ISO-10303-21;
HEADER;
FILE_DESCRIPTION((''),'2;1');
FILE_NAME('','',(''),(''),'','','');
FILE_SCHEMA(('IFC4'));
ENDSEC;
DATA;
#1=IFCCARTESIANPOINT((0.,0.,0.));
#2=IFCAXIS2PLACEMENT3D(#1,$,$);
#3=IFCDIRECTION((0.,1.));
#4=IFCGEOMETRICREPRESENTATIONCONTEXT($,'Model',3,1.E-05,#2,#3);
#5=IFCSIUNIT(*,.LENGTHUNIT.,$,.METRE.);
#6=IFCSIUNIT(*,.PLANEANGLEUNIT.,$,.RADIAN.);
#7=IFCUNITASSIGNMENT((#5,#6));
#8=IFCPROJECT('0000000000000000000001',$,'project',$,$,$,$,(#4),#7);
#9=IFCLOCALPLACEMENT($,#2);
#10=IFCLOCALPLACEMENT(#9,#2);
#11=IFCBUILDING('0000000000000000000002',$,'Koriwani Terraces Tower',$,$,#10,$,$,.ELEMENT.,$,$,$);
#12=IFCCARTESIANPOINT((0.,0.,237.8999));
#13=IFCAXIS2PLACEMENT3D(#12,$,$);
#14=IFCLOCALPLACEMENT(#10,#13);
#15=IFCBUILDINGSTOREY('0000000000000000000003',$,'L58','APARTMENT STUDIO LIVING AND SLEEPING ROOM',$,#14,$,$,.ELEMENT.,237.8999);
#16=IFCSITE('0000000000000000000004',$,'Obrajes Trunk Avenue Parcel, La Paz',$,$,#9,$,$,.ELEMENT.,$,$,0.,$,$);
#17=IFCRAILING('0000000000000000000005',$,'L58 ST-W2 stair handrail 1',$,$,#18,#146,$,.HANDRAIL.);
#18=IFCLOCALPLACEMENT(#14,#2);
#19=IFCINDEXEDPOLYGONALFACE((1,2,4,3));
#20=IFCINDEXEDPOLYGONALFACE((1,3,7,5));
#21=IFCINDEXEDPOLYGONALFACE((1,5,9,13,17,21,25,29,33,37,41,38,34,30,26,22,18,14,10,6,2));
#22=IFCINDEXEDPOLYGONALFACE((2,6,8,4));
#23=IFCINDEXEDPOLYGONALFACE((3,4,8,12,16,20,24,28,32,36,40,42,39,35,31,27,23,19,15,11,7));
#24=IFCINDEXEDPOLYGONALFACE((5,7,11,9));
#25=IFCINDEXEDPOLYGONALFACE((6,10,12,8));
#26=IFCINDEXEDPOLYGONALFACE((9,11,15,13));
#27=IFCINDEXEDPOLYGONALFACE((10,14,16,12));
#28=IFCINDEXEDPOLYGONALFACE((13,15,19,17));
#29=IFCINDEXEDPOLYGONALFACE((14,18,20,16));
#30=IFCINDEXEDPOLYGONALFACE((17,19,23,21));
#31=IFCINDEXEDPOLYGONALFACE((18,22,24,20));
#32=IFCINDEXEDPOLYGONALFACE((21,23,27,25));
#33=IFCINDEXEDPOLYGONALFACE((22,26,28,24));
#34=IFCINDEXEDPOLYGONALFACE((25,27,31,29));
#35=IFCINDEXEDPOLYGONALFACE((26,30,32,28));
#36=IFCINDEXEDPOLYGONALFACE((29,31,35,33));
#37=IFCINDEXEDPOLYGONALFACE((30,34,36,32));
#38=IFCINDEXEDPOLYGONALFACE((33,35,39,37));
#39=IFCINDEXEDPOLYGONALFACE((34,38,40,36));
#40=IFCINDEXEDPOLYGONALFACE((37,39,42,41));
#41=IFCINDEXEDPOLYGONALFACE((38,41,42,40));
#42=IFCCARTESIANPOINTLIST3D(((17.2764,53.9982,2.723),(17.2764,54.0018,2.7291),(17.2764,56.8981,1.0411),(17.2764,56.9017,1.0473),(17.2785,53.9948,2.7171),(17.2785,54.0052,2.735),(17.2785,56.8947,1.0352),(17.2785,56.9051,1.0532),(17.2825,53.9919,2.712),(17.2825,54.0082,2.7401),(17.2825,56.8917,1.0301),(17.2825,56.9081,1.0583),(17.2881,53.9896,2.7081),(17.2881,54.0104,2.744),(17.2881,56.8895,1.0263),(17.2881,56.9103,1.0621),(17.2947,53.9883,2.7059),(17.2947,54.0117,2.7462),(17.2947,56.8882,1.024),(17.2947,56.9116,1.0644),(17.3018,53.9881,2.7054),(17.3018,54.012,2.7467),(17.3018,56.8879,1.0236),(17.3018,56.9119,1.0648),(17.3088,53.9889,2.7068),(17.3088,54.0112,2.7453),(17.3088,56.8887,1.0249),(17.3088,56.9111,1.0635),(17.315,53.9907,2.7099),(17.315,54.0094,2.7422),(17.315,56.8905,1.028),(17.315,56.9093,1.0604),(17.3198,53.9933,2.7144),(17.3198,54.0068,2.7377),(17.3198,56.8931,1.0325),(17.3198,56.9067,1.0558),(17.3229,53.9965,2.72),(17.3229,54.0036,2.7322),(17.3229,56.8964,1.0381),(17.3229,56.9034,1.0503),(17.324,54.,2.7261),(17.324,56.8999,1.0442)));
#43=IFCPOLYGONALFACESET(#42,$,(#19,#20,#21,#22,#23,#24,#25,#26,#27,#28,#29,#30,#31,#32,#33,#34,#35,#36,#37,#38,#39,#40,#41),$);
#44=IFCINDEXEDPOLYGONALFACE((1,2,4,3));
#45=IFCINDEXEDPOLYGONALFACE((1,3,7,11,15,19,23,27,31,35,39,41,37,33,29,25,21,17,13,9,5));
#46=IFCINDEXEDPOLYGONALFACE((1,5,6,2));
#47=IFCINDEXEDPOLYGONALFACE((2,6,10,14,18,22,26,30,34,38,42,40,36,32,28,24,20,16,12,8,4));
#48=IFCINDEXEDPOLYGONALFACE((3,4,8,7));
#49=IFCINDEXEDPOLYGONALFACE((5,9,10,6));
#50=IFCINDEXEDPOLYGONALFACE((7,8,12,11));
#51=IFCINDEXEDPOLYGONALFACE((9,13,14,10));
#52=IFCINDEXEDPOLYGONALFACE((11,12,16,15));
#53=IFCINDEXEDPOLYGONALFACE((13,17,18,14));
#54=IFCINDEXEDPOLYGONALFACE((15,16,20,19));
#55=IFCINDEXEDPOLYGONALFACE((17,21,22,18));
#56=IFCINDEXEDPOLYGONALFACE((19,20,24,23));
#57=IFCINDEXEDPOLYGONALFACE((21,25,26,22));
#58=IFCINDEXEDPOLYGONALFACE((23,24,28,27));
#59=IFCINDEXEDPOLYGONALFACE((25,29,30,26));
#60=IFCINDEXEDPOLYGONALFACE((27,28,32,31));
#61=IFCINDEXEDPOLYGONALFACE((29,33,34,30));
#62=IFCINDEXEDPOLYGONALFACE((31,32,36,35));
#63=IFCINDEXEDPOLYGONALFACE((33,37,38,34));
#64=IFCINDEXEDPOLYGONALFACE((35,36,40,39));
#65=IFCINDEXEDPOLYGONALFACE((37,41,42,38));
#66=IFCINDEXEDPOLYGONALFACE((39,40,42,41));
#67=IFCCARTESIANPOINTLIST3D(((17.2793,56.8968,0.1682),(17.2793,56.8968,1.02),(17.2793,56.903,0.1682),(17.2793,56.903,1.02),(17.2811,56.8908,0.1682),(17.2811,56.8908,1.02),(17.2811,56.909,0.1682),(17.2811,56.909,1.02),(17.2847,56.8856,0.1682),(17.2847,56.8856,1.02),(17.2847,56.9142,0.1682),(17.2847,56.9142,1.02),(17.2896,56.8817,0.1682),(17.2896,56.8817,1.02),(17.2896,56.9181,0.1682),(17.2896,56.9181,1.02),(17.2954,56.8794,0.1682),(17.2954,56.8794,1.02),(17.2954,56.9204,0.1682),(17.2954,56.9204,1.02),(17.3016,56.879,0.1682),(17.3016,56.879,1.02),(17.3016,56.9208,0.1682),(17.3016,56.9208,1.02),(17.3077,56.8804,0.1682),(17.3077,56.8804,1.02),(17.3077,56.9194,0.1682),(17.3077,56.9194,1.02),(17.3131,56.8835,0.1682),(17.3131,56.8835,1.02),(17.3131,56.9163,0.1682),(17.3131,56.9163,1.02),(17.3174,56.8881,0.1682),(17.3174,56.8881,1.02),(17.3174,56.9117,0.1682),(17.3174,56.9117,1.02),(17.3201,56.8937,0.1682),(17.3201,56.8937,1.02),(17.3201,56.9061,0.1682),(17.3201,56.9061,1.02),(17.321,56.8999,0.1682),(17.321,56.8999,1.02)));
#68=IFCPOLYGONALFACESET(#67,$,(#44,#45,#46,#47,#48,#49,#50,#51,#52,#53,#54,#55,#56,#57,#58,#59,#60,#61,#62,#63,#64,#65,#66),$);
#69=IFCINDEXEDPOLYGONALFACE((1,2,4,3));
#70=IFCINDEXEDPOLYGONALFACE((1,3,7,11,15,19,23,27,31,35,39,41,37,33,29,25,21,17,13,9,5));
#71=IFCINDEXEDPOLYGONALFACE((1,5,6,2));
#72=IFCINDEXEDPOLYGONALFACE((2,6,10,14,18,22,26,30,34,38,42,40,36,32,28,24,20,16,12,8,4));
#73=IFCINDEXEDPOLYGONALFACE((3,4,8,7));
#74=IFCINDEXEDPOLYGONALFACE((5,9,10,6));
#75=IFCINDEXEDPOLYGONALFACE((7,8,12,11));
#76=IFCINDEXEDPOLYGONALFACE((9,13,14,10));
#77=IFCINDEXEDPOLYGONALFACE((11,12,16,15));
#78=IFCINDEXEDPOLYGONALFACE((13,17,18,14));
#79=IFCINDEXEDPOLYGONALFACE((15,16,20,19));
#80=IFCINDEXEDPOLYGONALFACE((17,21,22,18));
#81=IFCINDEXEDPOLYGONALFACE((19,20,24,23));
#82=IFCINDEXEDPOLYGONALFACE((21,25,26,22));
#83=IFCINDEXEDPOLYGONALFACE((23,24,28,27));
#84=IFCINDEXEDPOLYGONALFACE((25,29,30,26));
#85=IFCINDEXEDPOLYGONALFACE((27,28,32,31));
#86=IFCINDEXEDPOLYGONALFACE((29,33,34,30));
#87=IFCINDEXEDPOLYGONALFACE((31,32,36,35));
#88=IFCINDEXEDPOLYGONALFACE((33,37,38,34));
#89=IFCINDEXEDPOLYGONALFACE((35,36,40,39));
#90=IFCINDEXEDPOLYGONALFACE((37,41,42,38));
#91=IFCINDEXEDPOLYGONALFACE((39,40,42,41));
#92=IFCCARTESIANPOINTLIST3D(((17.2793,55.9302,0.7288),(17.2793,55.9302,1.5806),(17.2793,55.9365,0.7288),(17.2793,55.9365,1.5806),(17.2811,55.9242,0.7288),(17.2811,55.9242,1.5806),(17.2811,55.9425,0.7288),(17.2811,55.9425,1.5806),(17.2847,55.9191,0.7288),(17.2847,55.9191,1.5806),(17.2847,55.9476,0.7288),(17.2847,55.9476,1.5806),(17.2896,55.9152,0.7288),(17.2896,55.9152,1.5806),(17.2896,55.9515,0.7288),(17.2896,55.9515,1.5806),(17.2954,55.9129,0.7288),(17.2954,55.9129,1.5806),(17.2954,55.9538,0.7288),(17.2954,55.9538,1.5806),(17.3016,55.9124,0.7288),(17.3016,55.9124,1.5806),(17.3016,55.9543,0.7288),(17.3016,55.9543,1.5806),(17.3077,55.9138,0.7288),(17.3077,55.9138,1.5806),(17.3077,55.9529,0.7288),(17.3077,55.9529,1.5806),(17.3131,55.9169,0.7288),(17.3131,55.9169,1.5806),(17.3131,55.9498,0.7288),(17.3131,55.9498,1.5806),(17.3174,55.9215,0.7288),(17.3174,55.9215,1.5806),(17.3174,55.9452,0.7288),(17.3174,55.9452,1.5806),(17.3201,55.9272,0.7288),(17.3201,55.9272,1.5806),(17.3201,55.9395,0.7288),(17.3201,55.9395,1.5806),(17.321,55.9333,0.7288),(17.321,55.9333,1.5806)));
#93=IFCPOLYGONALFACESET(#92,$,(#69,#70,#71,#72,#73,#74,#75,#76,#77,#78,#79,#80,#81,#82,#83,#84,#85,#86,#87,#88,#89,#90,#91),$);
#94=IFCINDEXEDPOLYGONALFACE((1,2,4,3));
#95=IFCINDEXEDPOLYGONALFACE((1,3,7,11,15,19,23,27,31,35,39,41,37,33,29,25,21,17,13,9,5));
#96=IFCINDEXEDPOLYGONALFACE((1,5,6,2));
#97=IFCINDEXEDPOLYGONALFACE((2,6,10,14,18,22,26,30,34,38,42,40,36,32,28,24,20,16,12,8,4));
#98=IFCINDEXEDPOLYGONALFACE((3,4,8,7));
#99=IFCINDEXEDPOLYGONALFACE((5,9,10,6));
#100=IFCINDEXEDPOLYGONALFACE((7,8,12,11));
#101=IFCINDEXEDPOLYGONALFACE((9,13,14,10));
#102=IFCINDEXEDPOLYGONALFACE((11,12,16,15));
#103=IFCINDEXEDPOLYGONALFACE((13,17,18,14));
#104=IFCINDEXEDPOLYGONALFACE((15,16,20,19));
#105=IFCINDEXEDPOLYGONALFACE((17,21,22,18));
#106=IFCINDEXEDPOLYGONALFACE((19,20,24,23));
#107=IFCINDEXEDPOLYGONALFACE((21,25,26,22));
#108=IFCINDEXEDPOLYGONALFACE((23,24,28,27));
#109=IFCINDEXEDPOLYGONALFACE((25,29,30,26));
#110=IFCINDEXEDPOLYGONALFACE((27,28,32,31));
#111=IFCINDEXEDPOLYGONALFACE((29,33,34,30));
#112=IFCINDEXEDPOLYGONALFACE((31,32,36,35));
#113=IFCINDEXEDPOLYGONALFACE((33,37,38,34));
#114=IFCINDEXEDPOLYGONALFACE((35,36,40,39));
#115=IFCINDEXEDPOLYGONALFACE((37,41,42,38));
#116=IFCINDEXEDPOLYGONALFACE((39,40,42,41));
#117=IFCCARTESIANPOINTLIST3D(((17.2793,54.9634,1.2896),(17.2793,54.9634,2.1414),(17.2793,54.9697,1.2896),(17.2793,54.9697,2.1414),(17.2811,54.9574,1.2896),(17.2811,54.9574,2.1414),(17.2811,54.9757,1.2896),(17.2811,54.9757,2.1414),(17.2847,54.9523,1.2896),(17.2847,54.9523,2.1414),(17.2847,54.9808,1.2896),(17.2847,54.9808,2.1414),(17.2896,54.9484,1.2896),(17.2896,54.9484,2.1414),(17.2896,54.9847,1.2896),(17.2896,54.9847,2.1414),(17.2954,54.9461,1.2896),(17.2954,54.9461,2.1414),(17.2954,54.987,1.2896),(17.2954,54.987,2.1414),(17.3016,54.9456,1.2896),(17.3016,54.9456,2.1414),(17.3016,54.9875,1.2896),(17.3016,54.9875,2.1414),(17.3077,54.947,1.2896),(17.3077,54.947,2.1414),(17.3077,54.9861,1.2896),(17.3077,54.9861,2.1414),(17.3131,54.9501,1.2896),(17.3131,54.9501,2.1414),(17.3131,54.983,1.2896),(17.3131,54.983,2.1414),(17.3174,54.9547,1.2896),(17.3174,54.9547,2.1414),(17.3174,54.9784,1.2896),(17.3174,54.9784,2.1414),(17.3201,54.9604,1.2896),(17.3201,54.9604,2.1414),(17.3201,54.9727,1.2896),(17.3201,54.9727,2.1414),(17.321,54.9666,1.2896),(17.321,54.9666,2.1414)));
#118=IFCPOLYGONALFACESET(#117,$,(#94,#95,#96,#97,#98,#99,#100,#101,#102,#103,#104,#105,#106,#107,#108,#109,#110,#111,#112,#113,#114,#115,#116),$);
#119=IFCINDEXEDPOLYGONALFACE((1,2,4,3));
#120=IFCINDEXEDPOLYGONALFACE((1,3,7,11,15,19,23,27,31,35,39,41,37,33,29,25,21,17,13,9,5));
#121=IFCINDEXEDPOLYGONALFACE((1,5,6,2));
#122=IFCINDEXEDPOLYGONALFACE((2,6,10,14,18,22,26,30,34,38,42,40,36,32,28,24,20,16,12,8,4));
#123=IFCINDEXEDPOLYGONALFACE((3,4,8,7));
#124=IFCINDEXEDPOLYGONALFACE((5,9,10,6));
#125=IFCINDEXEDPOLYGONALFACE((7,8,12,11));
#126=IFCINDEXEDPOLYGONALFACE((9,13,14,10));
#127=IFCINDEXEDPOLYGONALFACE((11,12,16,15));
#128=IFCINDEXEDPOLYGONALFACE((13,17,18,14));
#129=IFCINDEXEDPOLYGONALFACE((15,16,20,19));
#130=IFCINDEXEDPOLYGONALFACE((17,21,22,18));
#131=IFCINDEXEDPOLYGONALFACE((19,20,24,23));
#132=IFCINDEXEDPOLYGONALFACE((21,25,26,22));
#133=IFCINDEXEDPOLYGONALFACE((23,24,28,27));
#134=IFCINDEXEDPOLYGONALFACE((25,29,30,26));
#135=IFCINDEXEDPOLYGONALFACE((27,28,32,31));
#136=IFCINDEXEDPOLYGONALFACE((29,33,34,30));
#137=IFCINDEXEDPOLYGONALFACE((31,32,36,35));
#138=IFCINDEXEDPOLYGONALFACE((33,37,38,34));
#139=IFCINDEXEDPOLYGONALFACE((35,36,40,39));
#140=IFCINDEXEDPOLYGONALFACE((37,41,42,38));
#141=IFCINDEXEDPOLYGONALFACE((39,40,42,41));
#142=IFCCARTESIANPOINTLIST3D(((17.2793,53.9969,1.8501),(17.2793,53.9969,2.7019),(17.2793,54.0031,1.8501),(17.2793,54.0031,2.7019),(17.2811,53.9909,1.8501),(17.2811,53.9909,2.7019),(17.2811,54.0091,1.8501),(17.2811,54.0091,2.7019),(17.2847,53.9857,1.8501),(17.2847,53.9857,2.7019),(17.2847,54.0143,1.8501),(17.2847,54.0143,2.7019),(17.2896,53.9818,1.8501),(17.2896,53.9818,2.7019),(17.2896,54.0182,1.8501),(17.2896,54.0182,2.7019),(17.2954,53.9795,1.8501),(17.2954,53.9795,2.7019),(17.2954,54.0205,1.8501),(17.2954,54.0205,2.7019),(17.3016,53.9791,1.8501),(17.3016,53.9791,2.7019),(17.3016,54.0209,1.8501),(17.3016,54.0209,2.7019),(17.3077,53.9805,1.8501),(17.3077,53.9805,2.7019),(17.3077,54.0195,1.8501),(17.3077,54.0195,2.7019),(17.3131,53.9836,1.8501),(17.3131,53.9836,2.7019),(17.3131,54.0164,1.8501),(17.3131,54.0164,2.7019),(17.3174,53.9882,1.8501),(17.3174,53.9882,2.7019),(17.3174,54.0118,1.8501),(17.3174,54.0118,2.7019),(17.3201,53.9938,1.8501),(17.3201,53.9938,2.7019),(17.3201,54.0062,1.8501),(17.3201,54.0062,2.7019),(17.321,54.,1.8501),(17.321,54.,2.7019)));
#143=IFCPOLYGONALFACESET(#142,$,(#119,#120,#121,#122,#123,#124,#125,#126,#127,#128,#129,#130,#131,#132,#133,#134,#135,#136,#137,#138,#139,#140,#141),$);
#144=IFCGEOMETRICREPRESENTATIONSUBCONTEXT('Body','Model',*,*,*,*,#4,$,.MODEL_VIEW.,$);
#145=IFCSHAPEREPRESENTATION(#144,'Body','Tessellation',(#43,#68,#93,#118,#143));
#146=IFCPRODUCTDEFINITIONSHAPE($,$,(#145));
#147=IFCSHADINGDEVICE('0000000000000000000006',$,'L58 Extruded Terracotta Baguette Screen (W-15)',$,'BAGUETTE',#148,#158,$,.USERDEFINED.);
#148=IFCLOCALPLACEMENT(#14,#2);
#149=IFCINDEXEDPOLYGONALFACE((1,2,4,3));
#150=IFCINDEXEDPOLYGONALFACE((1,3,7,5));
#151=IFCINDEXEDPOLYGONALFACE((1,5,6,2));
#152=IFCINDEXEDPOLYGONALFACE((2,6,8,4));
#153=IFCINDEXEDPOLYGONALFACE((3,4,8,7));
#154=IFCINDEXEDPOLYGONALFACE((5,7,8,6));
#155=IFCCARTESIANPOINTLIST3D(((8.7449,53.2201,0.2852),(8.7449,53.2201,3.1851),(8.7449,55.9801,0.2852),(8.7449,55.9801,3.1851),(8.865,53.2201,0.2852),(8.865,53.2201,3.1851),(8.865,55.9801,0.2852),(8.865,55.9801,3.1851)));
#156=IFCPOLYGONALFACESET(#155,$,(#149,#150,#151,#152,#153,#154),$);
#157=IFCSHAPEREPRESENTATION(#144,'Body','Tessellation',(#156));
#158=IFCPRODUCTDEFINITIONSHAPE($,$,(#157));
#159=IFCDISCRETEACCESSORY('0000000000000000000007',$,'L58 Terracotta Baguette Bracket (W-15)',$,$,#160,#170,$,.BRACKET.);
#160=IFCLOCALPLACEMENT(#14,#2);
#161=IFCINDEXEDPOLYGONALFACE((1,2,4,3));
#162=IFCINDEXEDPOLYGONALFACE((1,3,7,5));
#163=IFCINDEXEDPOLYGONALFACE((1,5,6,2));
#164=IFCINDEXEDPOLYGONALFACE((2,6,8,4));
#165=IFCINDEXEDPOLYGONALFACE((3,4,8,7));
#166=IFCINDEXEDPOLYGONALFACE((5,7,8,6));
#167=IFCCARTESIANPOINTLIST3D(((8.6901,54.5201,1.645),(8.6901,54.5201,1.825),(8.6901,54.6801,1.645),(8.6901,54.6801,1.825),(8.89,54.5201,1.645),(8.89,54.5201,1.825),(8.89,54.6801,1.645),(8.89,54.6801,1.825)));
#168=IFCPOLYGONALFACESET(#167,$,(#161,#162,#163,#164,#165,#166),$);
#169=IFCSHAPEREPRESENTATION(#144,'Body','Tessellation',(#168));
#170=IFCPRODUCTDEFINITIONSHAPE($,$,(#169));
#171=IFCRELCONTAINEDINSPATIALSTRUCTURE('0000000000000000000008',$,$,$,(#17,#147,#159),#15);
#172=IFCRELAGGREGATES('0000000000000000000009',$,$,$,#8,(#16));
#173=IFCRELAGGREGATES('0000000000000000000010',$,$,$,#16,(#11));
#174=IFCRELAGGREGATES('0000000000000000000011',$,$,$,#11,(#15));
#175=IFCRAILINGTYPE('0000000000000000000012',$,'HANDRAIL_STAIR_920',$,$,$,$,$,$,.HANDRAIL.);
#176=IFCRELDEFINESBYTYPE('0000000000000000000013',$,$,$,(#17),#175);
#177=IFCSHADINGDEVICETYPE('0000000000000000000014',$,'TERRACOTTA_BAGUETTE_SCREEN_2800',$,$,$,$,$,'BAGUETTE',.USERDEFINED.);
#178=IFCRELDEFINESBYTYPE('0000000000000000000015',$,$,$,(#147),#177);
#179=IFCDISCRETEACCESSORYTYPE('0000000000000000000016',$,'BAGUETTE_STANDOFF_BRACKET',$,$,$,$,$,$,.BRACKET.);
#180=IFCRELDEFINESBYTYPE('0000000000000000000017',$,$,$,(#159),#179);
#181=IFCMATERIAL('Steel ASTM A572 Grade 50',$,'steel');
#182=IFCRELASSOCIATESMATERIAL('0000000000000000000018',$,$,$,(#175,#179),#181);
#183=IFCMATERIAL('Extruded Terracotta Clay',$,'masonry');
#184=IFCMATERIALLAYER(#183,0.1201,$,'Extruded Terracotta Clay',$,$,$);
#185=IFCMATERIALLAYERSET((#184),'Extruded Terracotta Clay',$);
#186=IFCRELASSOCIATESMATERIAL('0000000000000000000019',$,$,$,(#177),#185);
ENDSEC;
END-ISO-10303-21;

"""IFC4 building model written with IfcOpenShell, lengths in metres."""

from ifc_helpers import new_model, si_unit, direction, frame, origin, origin_2d, place, context, subcontext, project, spatial, rectangle, circle, extrude, material, layer, layer_set, type_object, element, save


model = new_model("IFC4")

# Units and contexts
model_context = context("Model", 3, precision=1e-05, world=origin(), true_north=direction((0.0, 1.0)))
body_context = subcontext(model_context, "Body", "Model", "MODEL_VIEW")
ifc_project = project(units=[si_unit("LENGTHUNIT", "METRE"), si_unit("PLANEANGLEUNIT", "RADIAN")], contexts=[model_context])

# Site, building, storey
site_placement = place(None, origin())
site = spatial("IfcSite", under=ifc_project, at=site_placement, Name="Obrajes Trunk Avenue Parcel, La Paz", CompositionType="ELEMENT", RefElevation=0.0)
building_placement = place(site_placement, origin())
building = spatial("IfcBuilding", under=site, at=building_placement, Name="Koriwani Terraces Tower", CompositionType="ELEMENT")
storey_placement = place(building_placement, frame((0.0, 0.0, 237.8999)))
storey = spatial("IfcBuildingStorey", under=building, at=storey_placement, Name="L58", Description="APARTMENT STUDIO LIVING AND SLEEPING ROOM", CompositionType="ELEMENT", Elevation=237.8999)

# Shared definitions
ifc_material_1 = material(Name="Steel ASTM A572 Grade 50", Category="steel")

# Railing
railing_type_1 = type_object("IfcRailingType", Name="HANDRAIL_STAIR_920", PredefinedType="HANDRAIL", material=ifc_material_1)
railing_1_placement = place(storey_placement, frame((17.3, 56.8999, 0.1682)))
element("IfcRailing", 1, at=railing_1_placement, inside=storey, type_object=railing_type_1, Name="L58 ST-W2 stair handrail 1", PredefinedType="HANDRAIL", context=body_context, shape_type="SweptSolid", body=[
    extrude(circle(Radius=0.0239, at=origin_2d()), frame((0.0, 0.0, 0.876), z_axis=(0.0, -0.865039, 0.501705), x_axis=(1.0, 0.0, 0.0)), (0.0, 0.0, 1.0), 3.3523),
    extrude(circle(Radius=0.021, at=origin_2d()), origin(), (0.0, 0.0, 1.0), 0.8518),
    extrude(circle(Radius=0.021, at=origin_2d()), frame((0.0, -0.9666, 0.5605)), (0.0, 0.0, 1.0), 0.8518),
    extrude(circle(Radius=0.021, at=origin_2d()), frame((0.0, -1.9333, 1.1213)), (0.0, 0.0, 1.0), 0.8518),
    extrude(circle(Radius=0.021, at=origin_2d()), frame((0.0, -2.8999, 1.6819)), (0.0, 0.0, 1.0), 0.8518),
])

# Shading device
ifc_material_2 = material(Name="Extruded Terracotta Clay", Category="masonry")
ifc_layer_1 = layer(ifc_material_2, 0.1201, Name="Extruded Terracotta Clay")
ifc_layer_set_1 = layer_set([ifc_layer_1], Name="Extruded Terracotta Clay")
shading_device_type = type_object("IfcShadingDeviceType", Name="TERRACOTTA_BAGUETTE_SCREEN_2800", ElementType="BAGUETTE", PredefinedType="USERDEFINED", material=ifc_layer_set_1)
shading_device_placement = place(storey_placement, frame((8.8049, 54.6001, 0.2852), z_axis=(0.0, 0.0, 1.0), x_axis=(0.0, 1.0, 0.0)))
element("IfcShadingDevice", 2, at=shading_device_placement, inside=storey, type_object=shading_device_type, Name="L58 Extruded Terracotta Baguette Screen (W-15)", ObjectType="BAGUETTE", PredefinedType="USERDEFINED", context=body_context, shape_type="SweptSolid", body=[
    extrude(rectangle(XDim=2.76, YDim=0.1201, at=origin_2d()), origin(), (0.0, 0.0, 1.0), 2.8999),
])

# Discrete accessory
discrete_accessory_type = type_object("IfcDiscreteAccessoryType", Name="BAGUETTE_STANDOFF_BRACKET", PredefinedType="BRACKET", material=ifc_material_1)
discrete_accessory_placement = place(storey_placement, frame((8.79, 54.6001, 1.645), z_axis=(0.0, 0.0, 1.0), x_axis=(0.0, 1.0, 0.0)))
element("IfcDiscreteAccessory", 3, at=discrete_accessory_placement, inside=storey, type_object=discrete_accessory_type, Name="L58 Terracotta Baguette Bracket (W-15)", PredefinedType="BRACKET", context=body_context, shape_type="SweptSolid", body=[
    extrude(rectangle(XDim=0.1599, YDim=0.2, at=origin_2d()), origin(), (0.0, 0.0, 1.0), 0.1799),
])

save(model, "model.ifc")
